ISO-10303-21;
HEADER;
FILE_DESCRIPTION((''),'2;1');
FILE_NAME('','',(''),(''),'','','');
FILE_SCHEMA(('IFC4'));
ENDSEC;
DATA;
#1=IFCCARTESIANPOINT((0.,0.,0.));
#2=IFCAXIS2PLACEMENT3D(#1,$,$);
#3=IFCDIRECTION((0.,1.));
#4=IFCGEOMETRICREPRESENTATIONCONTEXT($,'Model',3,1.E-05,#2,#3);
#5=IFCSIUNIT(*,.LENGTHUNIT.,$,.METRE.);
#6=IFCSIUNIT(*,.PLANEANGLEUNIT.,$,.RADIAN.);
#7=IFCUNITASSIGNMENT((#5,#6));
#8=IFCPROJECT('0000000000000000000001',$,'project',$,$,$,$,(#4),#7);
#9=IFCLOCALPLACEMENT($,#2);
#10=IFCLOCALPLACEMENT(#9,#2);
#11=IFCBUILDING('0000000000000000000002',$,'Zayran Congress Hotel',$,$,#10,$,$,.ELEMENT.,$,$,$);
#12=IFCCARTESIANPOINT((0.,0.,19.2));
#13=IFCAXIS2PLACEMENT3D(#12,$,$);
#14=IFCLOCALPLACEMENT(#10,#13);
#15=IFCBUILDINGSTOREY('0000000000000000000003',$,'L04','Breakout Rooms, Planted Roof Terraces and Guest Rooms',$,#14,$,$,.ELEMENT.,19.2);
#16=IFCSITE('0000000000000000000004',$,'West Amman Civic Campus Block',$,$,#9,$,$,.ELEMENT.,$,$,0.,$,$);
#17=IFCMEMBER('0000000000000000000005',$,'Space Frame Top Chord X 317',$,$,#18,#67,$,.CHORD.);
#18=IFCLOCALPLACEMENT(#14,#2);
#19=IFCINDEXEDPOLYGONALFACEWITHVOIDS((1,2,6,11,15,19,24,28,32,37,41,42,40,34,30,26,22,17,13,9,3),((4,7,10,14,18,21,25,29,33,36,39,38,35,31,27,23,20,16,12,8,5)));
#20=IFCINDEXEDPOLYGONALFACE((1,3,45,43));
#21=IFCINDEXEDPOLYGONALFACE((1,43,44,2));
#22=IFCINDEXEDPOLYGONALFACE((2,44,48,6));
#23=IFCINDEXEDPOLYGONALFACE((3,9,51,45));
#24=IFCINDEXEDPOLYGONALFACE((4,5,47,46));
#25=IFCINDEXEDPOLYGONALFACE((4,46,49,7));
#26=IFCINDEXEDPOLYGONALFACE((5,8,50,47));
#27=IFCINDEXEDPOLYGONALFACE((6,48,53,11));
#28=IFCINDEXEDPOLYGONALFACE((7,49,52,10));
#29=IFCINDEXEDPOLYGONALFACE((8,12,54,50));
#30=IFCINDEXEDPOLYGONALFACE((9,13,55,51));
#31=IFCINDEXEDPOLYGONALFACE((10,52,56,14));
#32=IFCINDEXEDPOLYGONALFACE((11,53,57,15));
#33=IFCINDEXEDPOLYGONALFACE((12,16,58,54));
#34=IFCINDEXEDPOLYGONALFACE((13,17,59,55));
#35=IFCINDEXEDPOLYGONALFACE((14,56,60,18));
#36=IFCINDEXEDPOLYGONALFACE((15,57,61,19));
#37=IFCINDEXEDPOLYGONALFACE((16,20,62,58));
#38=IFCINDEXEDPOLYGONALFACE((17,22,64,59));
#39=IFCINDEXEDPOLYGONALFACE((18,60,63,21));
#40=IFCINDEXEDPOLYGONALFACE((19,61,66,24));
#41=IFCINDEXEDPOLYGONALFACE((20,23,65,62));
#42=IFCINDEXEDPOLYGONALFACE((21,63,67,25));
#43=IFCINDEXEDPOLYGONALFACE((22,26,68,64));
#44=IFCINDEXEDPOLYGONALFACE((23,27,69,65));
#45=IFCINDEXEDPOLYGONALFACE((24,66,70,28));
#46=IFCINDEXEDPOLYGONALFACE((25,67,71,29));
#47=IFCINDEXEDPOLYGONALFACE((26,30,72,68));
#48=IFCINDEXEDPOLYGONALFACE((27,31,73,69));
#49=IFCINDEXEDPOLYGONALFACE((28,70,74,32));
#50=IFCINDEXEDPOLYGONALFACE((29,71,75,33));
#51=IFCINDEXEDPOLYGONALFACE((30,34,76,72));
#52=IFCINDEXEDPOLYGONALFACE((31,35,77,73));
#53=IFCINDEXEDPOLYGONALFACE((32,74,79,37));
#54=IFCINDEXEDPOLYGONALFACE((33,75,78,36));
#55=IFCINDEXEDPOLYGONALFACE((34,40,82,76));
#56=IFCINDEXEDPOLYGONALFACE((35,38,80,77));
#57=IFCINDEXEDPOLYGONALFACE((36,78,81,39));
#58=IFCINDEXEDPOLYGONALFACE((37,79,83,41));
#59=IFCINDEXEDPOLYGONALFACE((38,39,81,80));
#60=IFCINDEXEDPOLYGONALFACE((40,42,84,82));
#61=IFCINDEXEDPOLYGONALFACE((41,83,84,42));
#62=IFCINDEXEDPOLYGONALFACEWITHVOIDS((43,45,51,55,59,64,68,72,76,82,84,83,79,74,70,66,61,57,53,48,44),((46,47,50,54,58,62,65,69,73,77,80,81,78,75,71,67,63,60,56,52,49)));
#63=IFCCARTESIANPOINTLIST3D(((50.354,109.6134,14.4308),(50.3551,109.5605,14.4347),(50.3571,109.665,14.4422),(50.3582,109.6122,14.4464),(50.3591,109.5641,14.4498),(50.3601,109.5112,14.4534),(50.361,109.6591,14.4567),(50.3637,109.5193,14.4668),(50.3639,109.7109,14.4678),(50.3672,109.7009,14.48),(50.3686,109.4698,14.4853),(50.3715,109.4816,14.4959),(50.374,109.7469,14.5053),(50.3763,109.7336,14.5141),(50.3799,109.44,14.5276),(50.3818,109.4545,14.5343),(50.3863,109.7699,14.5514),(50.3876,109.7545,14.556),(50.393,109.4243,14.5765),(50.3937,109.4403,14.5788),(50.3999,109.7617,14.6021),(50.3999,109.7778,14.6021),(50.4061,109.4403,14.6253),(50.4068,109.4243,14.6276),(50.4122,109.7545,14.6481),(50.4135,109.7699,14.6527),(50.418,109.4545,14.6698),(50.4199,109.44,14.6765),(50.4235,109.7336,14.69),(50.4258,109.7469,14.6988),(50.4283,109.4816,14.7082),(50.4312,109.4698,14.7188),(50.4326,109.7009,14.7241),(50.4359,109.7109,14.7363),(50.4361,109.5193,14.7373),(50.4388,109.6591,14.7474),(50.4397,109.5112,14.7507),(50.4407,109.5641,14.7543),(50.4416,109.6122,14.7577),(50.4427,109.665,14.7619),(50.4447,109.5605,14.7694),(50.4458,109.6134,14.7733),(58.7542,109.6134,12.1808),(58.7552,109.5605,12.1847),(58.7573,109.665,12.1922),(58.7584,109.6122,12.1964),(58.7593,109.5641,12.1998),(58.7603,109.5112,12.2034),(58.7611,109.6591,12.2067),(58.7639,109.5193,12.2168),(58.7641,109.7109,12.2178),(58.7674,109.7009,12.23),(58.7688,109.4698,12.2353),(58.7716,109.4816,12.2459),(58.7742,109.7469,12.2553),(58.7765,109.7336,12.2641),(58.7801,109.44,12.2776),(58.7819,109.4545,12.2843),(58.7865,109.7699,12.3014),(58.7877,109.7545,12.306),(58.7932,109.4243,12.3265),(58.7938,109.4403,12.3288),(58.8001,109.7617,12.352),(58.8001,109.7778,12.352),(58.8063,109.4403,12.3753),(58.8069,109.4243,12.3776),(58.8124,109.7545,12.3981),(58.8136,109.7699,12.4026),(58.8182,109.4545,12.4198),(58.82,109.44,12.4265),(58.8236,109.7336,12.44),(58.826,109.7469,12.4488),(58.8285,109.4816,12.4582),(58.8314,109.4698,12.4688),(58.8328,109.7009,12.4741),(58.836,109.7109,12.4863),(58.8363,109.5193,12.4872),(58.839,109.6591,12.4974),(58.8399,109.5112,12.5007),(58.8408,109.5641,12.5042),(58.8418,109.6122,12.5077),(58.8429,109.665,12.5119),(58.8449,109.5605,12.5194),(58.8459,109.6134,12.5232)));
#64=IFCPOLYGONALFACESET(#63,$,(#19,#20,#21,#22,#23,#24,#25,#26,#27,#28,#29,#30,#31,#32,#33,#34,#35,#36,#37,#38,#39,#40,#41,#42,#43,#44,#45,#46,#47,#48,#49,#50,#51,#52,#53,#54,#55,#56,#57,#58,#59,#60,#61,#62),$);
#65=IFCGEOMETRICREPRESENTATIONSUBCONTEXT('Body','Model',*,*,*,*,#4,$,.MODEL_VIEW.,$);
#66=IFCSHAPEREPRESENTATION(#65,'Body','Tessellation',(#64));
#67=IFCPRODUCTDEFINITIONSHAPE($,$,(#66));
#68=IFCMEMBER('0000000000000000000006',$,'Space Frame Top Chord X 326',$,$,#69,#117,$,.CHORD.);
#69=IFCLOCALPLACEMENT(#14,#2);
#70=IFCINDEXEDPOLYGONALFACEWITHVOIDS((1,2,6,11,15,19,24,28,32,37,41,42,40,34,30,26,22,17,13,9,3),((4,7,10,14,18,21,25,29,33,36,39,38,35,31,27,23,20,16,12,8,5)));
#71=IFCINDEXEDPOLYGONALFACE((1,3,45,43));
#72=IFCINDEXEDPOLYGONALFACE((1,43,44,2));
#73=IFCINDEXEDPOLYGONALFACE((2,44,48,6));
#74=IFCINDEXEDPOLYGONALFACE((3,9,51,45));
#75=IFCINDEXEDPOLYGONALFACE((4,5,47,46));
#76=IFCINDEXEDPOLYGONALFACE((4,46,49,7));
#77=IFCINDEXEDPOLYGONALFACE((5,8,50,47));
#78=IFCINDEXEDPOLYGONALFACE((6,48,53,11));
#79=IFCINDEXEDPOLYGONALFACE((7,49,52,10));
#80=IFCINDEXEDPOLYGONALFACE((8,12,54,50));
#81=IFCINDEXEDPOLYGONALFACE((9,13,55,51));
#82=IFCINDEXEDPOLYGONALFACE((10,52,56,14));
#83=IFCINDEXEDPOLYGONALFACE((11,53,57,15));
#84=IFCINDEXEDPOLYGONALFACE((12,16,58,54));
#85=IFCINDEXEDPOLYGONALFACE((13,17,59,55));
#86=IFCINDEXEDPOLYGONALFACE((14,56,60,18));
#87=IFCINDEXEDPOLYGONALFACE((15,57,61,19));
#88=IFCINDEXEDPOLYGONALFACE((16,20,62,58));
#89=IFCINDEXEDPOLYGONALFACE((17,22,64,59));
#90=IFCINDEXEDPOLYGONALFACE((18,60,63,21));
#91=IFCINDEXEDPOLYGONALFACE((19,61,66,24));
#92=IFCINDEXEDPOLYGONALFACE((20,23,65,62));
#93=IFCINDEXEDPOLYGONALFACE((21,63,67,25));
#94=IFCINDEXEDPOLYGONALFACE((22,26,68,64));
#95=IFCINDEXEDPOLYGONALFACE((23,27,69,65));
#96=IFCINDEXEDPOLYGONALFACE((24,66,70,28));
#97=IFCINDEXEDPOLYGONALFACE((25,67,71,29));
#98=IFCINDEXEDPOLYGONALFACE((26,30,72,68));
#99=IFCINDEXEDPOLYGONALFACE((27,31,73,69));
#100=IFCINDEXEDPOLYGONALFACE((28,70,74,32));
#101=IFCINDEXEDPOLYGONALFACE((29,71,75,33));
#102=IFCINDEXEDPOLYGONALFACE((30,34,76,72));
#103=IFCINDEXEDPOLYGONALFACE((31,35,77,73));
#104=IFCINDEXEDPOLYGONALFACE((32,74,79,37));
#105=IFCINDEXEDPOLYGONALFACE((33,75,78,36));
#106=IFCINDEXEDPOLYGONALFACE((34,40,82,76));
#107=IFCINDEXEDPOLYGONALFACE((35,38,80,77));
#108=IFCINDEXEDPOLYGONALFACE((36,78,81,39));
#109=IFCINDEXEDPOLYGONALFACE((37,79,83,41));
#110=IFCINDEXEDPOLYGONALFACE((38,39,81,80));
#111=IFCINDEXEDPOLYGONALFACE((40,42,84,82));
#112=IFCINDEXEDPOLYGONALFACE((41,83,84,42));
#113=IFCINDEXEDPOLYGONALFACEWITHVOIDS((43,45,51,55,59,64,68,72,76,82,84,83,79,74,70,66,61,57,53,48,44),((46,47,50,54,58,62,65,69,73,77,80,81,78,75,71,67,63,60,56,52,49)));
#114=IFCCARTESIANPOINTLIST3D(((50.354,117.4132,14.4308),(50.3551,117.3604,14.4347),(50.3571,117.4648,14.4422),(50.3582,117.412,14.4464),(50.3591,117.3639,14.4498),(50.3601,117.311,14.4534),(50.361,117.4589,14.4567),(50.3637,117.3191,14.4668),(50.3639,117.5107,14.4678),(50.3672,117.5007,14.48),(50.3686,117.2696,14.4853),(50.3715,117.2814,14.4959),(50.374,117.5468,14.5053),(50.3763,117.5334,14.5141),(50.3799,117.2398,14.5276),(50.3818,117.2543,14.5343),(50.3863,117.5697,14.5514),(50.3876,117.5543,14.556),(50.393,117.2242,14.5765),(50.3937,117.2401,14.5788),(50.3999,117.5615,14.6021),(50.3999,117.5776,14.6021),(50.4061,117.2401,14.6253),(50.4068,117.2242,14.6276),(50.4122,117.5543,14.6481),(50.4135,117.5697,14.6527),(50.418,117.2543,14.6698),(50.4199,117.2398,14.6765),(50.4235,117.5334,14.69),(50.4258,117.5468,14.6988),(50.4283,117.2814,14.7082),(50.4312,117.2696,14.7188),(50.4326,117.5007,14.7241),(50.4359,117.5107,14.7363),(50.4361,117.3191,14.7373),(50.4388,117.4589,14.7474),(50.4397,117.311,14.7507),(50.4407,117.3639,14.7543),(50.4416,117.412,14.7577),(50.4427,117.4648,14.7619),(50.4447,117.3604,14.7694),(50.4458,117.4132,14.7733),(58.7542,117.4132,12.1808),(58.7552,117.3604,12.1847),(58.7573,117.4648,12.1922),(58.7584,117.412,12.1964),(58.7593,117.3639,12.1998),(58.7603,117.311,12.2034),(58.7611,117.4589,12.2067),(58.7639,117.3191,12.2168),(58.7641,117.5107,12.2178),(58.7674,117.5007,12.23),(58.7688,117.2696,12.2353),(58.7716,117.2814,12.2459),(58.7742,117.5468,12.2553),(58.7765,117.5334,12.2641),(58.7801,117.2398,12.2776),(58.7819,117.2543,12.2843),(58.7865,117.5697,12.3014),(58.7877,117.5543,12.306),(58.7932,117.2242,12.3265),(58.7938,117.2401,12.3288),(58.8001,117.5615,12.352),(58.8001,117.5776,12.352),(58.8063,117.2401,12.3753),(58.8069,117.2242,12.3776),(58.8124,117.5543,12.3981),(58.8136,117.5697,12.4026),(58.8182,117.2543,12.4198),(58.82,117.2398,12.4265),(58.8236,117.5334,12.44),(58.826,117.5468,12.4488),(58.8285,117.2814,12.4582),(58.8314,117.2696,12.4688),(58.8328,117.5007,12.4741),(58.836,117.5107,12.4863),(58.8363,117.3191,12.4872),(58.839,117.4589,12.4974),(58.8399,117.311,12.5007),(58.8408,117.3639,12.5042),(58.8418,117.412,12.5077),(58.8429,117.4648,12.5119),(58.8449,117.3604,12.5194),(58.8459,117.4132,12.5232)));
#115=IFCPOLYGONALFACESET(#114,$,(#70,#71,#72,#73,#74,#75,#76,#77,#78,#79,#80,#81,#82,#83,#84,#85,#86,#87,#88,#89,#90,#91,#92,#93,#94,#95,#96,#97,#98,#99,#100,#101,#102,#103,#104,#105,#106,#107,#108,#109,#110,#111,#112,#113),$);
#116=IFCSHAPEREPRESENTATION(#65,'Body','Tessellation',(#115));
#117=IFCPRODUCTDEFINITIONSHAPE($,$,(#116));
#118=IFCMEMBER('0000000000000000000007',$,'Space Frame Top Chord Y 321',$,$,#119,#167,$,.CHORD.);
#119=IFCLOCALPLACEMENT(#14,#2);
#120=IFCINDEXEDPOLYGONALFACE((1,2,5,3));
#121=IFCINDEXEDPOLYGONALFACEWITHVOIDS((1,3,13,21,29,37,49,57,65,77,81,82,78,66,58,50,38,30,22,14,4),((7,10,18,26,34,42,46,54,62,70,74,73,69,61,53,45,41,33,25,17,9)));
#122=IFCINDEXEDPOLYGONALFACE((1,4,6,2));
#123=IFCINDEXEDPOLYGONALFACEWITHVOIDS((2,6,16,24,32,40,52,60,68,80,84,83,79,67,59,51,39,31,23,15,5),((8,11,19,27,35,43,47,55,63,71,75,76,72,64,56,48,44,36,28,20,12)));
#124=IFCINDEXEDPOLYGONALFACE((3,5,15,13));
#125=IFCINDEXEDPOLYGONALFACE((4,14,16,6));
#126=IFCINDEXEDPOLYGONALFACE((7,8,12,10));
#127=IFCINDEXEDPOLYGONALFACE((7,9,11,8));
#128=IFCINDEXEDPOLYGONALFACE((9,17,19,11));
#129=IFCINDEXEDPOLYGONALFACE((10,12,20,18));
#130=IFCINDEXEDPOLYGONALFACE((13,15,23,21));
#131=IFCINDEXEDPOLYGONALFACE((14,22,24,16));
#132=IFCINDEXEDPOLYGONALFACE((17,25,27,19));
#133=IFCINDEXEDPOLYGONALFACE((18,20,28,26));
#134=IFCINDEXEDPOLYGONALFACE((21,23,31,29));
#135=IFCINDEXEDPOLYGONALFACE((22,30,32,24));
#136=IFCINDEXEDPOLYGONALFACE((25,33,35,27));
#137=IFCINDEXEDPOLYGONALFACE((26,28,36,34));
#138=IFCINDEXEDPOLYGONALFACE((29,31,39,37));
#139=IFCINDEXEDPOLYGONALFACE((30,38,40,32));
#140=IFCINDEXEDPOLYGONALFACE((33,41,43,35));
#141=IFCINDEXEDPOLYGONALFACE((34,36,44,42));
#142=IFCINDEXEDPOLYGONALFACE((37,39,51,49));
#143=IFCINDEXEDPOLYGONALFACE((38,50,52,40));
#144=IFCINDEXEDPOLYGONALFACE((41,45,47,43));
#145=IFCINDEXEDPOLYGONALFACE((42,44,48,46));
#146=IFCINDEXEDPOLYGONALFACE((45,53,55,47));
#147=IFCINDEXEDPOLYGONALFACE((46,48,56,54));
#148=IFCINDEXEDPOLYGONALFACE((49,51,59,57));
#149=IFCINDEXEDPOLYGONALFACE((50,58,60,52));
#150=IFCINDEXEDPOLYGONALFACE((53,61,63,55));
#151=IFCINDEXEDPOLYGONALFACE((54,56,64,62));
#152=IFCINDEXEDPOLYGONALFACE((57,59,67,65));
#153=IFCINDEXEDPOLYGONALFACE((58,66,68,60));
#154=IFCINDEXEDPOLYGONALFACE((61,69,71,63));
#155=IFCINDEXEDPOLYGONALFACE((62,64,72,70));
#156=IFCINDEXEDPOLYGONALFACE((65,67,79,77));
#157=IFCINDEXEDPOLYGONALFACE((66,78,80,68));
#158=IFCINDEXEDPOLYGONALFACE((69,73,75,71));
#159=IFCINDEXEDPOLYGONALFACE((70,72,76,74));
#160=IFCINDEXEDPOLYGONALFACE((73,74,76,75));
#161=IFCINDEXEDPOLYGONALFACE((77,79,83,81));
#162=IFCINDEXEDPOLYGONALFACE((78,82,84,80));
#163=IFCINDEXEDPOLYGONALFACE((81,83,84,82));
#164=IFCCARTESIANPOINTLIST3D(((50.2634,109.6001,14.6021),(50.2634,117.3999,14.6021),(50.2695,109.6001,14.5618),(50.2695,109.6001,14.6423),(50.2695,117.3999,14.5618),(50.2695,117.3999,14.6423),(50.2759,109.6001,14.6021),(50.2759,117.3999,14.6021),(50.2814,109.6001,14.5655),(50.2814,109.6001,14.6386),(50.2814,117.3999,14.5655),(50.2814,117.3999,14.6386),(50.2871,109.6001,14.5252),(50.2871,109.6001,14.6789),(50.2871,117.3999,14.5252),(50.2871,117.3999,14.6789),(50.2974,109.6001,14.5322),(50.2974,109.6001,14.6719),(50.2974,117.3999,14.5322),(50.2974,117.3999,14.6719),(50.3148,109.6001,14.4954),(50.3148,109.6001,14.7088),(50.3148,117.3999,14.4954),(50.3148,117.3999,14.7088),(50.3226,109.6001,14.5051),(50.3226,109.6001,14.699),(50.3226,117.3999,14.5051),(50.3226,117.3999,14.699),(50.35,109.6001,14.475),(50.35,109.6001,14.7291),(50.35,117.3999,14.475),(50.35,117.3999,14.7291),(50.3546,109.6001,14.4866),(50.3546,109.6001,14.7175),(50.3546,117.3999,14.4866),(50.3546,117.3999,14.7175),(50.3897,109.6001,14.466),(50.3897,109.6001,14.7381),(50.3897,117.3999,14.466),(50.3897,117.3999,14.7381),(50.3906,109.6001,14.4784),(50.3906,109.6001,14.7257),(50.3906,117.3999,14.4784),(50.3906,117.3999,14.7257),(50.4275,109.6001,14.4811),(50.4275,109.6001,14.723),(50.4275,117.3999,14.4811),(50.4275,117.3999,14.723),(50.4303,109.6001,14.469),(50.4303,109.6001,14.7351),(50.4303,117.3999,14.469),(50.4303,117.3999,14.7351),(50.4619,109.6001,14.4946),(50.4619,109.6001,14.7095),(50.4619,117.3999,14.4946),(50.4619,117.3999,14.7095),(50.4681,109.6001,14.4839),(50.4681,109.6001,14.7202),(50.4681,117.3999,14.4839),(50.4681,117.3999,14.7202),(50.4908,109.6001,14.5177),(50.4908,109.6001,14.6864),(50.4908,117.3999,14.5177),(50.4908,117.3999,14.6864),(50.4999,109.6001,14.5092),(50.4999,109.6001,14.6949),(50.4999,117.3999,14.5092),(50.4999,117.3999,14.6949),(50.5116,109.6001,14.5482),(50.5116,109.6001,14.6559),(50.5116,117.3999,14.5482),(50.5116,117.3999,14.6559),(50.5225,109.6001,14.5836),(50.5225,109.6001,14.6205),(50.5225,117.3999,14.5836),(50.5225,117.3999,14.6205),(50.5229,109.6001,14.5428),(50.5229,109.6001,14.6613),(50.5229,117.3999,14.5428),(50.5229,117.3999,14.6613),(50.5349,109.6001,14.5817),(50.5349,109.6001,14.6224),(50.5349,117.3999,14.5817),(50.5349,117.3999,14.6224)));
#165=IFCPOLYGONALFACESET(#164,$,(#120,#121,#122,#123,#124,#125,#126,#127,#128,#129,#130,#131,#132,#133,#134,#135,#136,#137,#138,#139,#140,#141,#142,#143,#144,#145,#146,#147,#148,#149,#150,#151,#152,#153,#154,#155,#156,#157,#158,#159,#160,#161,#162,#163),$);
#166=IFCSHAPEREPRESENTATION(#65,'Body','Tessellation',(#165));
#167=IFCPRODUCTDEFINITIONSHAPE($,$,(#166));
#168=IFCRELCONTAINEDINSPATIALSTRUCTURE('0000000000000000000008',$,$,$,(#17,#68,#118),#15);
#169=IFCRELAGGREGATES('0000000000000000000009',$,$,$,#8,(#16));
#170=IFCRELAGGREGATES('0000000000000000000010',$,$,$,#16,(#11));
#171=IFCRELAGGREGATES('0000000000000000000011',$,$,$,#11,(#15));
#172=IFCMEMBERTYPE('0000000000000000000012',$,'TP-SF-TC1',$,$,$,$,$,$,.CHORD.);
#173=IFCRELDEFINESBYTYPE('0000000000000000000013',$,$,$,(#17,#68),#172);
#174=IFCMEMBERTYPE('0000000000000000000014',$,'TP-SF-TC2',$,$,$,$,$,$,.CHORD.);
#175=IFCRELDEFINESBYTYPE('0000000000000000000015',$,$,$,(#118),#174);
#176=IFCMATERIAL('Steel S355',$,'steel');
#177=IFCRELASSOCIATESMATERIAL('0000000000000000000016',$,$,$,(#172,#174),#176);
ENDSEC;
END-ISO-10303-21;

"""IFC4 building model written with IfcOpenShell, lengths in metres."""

from ifc_helpers import new_model, si_unit, direction, frame, origin, origin_2d, place, context, subcontext, project, spatial, hollow_circle, extrude, material, material_profile, profile_set, type_object, element, save


model = new_model("IFC4")

# Units and contexts
model_context = context("Model", 3, precision=1e-05, world=origin(), true_north=direction((0.0, 1.0)))
body_context = subcontext(model_context, "Body", "Model", "MODEL_VIEW")
ifc_project = project(units=[si_unit("LENGTHUNIT", "METRE"), si_unit("PLANEANGLEUNIT", "RADIAN")], contexts=[model_context])

# Site, building, storey
site_placement = place(None, origin())
site = spatial("IfcSite", under=ifc_project, at=site_placement, Name="West Amman Civic Campus Block", CompositionType="ELEMENT", RefElevation=0.0)
building_placement = place(site_placement, origin())
building = spatial("IfcBuilding", under=site, at=building_placement, Name="Zayran Congress Hotel", CompositionType="ELEMENT")
storey_placement = place(building_placement, frame((0.0, 0.0, 19.2)))
storey = spatial("IfcBuildingStorey", under=building, at=storey_placement, Name="L04", Description="Breakout Rooms, Planted Roof Terraces and Guest Rooms", CompositionType="ELEMENT", Elevation=19.2)

# Members
ifc_material_1 = material(Name="Steel S355", Category="steel")
ifc_material_profile_1 = material_profile(ifc_material_1, hollow_circle(Radius=0.1777, WallThickness=0.0161, at=origin_2d()), Name="CHS 355.6x16")
ifc_profile_set_1 = profile_set([ifc_material_profile_1], Name="Steel S355")
member_type_1 = type_object("IfcMemberType", Name="TP-SF-TC1", PredefinedType="CHORD", material=ifc_profile_set_1)
for number, where, z_axis, x_axis, name in (
    (1, (50.3999, 109.6001, 14.6021), (0.965949, 0.0, -0.258732), (0.0, 1.0, 0.0), "Space Frame Top Chord X 317"),
    (2, (50.3999, 117.3999, 14.6021), (0.965949, 0.0, -0.258732), (0.0, 1.0, 0.0), "Space Frame Top Chord X 326"),
):
    element("IfcMember", number, at=place(storey_placement, frame(where, z_axis=z_axis, x_axis=x_axis)), inside=storey, type_object=member_type_1, Name=name, PredefinedType="CHORD", context=body_context, shape_type="SweptSolid", body=[
        extrude(hollow_circle(Radius=0.1777, WallThickness=0.0161, at=origin_2d()), origin(), (0.0, 0.0, 1.0), 8.6963),
    ])
ifc_material_profile_2 = material_profile(ifc_material_1, hollow_circle(Radius=0.1365, WallThickness=0.0125, at=origin_2d()), Name="CHS 273x12.5")
ifc_profile_set_2 = profile_set([ifc_material_profile_2], Name="Steel S355")
member_type_2 = type_object("IfcMemberType", Name="TP-SF-TC2", PredefinedType="CHORD", material=ifc_profile_set_2)
member_1_placement = place(storey_placement, frame((50.3999, 109.6001, 14.6021), z_axis=(0.0, 1.0, 0.0), x_axis=(-1.0, 0.0, 0.0)))
element("IfcMember", 3, at=member_1_placement, inside=storey, type_object=member_type_2, Name="Space Frame Top Chord Y 321", PredefinedType="CHORD", context=body_context, shape_type="SweptSolid", body=[
    extrude(hollow_circle(Radius=0.1365, WallThickness=0.0125, at=origin_2d()), origin(), (0.0, 0.0, 1.0), 7.7998),
])

save(model, "model.ifc")
